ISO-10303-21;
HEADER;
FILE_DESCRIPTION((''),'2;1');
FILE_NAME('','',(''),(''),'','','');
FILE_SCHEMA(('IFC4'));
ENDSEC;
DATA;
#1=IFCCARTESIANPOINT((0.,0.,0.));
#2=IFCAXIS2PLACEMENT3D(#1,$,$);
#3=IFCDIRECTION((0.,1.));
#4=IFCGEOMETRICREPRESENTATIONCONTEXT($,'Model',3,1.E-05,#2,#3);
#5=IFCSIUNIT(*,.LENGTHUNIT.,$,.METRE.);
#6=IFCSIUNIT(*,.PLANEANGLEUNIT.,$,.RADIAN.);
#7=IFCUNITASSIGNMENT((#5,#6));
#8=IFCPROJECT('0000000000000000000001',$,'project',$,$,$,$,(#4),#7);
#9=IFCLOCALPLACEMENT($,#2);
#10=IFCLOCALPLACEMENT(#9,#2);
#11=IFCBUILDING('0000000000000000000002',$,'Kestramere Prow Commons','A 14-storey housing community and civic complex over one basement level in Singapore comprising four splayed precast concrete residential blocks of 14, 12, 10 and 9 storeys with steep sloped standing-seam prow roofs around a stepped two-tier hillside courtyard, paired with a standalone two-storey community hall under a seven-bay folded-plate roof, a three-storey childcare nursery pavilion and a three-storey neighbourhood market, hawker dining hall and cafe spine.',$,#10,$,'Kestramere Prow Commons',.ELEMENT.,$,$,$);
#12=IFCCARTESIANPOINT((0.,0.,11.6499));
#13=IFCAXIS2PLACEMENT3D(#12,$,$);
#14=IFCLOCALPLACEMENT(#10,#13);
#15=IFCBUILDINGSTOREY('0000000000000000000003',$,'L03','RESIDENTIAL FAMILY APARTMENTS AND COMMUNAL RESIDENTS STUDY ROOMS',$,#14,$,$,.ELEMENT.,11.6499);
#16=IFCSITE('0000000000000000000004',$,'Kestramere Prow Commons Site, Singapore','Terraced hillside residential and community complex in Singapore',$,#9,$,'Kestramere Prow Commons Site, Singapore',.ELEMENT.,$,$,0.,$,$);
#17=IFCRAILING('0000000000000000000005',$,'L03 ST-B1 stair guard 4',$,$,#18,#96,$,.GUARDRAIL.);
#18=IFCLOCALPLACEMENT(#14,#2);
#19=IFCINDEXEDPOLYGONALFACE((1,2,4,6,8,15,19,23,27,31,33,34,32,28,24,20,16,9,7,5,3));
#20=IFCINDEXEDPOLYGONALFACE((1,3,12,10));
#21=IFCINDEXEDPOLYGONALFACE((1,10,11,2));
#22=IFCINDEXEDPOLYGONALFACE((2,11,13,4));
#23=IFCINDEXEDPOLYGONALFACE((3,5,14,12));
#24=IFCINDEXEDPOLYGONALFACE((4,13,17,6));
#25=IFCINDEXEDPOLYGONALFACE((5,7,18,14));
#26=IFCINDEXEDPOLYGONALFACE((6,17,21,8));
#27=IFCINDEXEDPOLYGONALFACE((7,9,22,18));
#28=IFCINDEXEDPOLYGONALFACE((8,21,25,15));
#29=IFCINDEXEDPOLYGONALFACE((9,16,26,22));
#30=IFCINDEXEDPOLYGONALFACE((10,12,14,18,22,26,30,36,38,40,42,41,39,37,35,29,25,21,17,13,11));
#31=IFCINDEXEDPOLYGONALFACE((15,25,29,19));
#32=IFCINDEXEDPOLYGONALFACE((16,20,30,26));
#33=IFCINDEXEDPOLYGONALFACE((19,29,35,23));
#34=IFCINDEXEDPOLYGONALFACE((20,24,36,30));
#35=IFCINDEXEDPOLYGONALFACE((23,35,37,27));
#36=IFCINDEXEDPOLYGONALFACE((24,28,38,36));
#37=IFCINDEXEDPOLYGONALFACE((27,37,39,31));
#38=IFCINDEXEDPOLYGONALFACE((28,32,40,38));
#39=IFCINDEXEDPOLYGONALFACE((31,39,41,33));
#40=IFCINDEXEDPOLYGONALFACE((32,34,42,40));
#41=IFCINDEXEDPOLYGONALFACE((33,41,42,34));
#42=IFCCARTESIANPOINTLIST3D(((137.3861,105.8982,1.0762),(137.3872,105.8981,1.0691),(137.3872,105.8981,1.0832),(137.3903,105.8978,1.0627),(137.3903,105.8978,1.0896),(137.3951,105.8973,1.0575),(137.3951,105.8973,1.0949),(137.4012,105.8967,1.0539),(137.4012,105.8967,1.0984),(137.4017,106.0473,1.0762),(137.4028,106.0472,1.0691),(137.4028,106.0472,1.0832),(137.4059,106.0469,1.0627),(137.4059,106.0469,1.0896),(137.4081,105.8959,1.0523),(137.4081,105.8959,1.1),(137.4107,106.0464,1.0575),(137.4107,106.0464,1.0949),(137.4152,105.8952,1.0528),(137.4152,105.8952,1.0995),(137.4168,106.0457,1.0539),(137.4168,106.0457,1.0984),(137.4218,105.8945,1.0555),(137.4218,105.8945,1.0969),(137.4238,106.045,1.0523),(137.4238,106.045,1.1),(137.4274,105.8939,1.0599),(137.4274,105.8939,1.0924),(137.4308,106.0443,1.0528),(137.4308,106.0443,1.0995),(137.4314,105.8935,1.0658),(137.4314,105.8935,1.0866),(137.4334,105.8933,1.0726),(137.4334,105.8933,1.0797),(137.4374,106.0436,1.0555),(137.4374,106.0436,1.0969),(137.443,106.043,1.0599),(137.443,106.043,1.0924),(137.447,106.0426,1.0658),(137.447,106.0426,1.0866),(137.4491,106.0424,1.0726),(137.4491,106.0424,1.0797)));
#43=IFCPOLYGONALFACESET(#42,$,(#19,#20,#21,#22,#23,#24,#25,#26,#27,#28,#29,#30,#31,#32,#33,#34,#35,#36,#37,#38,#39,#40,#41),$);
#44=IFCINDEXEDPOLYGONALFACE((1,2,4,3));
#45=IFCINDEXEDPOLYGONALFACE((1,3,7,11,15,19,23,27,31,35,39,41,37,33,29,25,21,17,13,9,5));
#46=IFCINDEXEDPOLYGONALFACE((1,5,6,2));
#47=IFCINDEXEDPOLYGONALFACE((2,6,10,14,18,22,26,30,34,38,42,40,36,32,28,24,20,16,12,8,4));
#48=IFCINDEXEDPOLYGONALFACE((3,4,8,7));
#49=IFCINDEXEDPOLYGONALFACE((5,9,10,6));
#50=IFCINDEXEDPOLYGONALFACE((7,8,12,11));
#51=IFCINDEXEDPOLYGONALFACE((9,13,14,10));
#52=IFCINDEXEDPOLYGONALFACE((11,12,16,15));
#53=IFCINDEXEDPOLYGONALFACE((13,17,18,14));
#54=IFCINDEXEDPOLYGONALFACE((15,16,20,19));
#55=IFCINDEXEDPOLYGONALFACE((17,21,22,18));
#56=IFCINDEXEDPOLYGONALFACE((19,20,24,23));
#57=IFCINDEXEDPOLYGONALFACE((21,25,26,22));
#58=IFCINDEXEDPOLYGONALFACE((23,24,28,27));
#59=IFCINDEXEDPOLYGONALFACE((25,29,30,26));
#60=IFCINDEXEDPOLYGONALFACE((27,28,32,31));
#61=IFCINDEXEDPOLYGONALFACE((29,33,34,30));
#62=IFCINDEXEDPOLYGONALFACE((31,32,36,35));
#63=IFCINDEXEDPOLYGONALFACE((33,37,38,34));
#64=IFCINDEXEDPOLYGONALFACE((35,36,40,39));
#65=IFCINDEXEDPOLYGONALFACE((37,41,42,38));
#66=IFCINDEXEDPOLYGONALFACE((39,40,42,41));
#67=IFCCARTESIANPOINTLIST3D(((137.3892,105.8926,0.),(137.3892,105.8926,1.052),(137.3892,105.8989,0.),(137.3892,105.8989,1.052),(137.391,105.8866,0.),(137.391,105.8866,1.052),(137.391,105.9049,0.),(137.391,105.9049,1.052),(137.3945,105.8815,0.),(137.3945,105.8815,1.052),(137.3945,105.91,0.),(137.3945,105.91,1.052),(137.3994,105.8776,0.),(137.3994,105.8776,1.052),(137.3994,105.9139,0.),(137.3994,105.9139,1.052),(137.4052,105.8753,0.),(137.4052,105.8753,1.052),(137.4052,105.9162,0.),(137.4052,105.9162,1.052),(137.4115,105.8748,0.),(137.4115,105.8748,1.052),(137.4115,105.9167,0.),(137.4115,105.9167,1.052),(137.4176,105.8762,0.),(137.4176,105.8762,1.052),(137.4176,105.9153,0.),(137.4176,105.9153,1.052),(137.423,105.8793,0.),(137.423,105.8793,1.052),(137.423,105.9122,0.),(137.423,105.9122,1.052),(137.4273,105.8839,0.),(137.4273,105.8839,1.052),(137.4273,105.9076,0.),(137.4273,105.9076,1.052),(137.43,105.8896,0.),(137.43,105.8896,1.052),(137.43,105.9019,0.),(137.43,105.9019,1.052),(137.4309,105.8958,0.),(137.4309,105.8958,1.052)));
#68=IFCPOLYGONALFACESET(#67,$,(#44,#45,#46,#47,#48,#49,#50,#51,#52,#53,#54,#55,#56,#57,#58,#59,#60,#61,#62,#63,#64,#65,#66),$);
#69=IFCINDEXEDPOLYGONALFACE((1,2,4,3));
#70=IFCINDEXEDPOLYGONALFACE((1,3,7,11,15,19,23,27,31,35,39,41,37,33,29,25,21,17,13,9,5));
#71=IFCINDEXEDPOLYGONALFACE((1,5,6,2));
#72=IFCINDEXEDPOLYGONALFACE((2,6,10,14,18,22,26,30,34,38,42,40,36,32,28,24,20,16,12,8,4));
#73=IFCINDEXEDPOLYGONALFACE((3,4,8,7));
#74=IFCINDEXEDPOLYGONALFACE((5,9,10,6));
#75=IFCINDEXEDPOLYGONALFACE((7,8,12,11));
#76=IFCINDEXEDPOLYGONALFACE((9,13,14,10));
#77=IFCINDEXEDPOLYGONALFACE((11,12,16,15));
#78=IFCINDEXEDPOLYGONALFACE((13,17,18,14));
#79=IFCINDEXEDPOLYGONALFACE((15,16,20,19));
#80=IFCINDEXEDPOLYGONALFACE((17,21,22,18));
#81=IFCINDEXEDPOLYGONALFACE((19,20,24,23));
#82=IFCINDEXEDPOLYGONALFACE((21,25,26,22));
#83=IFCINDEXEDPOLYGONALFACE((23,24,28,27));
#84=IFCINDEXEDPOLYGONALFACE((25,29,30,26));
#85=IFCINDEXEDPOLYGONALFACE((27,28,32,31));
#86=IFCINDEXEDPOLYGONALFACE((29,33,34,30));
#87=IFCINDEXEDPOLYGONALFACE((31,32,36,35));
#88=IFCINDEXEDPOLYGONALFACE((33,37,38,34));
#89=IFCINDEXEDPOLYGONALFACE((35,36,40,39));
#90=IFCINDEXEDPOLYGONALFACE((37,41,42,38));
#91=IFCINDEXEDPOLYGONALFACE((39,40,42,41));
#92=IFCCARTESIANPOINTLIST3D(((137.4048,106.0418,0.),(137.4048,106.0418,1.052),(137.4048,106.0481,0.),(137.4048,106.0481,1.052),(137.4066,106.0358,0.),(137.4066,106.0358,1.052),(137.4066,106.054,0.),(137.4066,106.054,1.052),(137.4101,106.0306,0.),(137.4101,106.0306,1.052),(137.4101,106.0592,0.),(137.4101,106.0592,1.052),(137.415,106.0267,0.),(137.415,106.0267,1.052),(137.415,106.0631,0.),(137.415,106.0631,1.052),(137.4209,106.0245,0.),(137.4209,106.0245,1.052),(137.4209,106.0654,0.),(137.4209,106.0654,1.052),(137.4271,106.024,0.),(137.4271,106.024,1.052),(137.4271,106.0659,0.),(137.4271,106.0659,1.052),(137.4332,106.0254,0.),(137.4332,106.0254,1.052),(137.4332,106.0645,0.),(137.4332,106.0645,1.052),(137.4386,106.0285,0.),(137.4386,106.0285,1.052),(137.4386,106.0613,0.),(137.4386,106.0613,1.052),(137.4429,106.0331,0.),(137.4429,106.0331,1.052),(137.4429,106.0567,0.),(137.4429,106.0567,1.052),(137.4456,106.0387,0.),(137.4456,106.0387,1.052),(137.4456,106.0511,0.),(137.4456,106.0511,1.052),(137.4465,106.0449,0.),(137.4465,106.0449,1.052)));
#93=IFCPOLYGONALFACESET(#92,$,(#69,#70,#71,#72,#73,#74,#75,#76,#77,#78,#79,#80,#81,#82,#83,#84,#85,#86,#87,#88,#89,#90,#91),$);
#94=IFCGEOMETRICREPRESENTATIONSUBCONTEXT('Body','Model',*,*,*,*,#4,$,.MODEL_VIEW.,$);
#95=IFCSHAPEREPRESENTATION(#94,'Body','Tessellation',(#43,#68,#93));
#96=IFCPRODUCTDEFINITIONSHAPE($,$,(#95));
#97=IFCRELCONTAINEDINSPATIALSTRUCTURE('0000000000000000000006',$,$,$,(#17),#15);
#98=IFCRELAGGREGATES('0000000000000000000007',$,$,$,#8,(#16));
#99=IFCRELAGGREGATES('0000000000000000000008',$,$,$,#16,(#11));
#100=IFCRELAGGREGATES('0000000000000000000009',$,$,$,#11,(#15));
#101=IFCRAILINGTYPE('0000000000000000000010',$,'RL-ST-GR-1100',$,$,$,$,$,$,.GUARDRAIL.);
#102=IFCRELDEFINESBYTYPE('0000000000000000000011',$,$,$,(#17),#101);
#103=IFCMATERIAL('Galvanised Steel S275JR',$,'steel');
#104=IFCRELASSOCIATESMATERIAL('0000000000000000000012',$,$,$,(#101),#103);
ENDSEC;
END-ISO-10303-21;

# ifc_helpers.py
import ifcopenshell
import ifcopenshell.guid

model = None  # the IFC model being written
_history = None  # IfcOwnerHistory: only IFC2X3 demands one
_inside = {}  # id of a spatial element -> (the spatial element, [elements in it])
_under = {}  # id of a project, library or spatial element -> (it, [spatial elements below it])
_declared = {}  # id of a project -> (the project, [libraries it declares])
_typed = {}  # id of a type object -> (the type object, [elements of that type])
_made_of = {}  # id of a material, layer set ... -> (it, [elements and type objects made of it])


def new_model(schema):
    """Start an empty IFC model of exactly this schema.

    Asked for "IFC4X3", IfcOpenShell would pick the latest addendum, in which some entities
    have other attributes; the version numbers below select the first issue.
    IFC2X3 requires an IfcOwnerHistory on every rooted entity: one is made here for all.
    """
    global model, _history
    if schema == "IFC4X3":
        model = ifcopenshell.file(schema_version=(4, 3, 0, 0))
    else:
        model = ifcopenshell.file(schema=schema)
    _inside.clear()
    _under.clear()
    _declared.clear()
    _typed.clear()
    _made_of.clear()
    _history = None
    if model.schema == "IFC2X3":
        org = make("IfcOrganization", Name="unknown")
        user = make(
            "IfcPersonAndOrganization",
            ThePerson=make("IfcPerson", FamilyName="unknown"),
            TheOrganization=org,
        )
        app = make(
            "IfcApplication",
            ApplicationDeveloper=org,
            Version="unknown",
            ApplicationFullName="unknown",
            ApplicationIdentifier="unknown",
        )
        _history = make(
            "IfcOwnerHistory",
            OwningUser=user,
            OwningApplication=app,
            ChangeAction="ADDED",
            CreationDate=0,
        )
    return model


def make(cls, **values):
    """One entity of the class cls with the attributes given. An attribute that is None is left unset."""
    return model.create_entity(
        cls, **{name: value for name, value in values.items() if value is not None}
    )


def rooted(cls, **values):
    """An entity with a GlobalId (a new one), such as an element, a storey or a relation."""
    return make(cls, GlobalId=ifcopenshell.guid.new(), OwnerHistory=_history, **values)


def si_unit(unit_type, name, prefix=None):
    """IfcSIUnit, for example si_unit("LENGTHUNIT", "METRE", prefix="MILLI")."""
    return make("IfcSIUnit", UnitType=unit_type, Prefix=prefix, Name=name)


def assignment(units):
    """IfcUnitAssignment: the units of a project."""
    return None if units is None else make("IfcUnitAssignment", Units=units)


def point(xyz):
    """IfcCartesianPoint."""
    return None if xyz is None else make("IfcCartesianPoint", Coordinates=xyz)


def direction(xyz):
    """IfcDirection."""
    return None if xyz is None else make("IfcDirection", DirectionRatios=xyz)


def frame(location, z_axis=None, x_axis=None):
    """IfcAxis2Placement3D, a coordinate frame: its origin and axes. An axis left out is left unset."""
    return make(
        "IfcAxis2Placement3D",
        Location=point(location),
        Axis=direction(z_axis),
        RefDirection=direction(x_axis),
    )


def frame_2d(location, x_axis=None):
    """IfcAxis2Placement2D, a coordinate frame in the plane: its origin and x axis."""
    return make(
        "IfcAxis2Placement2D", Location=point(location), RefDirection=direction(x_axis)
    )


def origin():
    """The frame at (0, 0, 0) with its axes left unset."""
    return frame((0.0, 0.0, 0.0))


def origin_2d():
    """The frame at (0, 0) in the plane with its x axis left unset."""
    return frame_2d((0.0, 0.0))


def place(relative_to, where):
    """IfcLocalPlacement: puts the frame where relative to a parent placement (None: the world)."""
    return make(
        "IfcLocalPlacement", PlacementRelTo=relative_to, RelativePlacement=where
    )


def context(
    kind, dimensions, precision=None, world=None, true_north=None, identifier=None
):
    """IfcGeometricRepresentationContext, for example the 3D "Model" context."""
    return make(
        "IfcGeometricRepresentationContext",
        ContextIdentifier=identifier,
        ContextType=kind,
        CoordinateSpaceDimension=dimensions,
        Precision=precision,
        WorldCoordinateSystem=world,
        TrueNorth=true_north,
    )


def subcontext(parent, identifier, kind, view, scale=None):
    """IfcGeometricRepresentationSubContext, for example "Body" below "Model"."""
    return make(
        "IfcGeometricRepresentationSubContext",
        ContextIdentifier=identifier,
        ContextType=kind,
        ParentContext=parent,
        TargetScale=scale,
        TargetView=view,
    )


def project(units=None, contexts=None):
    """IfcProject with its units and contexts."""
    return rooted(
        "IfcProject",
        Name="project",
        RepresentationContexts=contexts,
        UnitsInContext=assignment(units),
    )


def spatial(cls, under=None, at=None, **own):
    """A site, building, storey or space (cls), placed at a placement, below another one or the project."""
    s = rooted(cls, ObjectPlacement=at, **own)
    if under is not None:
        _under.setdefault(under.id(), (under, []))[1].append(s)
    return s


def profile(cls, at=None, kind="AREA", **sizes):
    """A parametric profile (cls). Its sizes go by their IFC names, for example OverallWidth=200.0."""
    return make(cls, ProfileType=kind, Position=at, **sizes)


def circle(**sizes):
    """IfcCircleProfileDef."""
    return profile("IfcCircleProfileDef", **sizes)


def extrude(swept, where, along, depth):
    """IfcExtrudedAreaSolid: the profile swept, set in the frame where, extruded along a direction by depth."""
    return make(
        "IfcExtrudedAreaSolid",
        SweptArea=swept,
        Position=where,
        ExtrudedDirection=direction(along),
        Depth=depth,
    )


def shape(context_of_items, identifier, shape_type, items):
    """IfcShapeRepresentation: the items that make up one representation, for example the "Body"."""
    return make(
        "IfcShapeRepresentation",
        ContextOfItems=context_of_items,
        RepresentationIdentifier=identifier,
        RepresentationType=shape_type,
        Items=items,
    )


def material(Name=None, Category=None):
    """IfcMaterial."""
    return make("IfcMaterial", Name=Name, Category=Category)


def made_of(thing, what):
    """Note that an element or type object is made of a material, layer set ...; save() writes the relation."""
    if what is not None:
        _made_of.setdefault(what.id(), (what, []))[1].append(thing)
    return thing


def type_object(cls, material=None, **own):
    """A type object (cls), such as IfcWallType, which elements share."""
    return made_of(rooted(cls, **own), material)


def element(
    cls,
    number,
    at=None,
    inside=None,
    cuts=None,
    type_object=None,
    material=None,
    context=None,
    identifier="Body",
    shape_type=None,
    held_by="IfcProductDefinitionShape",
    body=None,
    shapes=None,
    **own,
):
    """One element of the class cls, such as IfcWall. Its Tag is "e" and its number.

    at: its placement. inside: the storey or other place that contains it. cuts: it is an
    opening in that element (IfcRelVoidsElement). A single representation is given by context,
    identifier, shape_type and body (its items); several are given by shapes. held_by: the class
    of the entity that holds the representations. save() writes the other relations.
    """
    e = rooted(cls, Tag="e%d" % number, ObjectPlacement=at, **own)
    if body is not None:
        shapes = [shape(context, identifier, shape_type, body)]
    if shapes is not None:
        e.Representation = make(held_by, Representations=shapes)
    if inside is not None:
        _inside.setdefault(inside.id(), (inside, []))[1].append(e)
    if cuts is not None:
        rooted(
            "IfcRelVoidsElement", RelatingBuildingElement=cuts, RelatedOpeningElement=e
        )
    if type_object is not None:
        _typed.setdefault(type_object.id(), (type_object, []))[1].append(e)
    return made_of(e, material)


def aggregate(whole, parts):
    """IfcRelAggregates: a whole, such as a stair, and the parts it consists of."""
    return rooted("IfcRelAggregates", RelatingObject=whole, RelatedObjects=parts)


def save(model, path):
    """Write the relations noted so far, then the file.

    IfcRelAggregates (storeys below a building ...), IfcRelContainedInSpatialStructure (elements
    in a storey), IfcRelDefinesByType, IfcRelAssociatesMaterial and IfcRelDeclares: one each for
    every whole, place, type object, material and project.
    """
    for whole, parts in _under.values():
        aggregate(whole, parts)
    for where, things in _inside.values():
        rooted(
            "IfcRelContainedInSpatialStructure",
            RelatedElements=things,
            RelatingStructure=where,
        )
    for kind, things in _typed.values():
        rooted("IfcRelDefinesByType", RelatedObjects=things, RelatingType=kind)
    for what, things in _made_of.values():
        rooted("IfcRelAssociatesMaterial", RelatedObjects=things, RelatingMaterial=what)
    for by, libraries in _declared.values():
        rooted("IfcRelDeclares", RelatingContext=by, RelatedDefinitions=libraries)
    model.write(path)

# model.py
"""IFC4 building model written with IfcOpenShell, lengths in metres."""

from ifc_helpers import new_model, si_unit, direction, frame, origin, origin_2d, place, context, subcontext, project, spatial, circle, extrude, material, type_object, element, save


model = new_model("IFC4")

# Units and contexts
model_context = context("Model", 3, precision=1e-05, world=origin(), true_north=direction((0.0, 1.0)))
body_context = subcontext(model_context, "Body", "Model", "MODEL_VIEW")
ifc_project = project(units=[si_unit("LENGTHUNIT", "METRE"), si_unit("PLANEANGLEUNIT", "RADIAN")], contexts=[model_context])

# Site, building, storey
site_placement = place(None, origin())
site = spatial("IfcSite", under=ifc_project, at=site_placement, Name="Kestramere Prow Commons Site, Singapore", Description="Terraced hillside residential and community complex in Singapore", LongName="Kestramere Prow Commons Site, Singapore", CompositionType="ELEMENT", RefElevation=0.0)
building_placement = place(site_placement, origin())
building = spatial("IfcBuilding", under=site, at=building_placement, Name="Kestramere Prow Commons", Description="A 14-storey housing community and civic complex over one basement level in Singapore comprising four splayed precast concrete residential blocks of 14, 12, 10 and 9 storeys with steep sloped standing-seam prow roofs around a stepped two-tier hillside courtyard, paired with a standalone two-storey community hall under a seven-bay folded-plate roof, a three-storey childcare nursery pavilion and a three-storey neighbourhood market, hawker dining hall and cafe spine.", LongName="Kestramere Prow Commons", CompositionType="ELEMENT")
storey_placement = place(building_placement, frame((0.0, 0.0, 11.6499)))
storey = spatial("IfcBuildingStorey", under=building, at=storey_placement, Name="L03", Description="RESIDENTIAL FAMILY APARTMENTS AND COMMUNAL RESIDENTS STUDY ROOMS", CompositionType="ELEMENT", Elevation=11.6499)

# Railing
ifc_material_1 = material(Name="Galvanised Steel S275JR", Category="steel")
railing_type_1 = type_object("IfcRailingType", Name="RL-ST-GR-1100", PredefinedType="GUARDRAIL", material=ifc_material_1)
railing_1_placement = place(storey_placement, frame((137.4099, 105.8958, 0.0)))
element("IfcRailing", 1, at=railing_1_placement, inside=storey, type_object=railing_type_1, Name="L03 ST-B1 stair guard 4", PredefinedType="GUARDRAIL", context=body_context, shape_type="SweptSolid", body=[
    extrude(circle(Radius=0.0239, at=origin_2d()), frame((0.0, 0.0, 1.0762), z_axis=(0.104176, 0.994559, 0.0), x_axis=(-0.994559, 0.104176, 0.0)), (0.0, 0.0, 1.0), 0.1499),
    extrude(circle(Radius=0.021, at=origin_2d()), origin(), (0.0, 0.0, 1.0), 1.052),
    extrude(circle(Radius=0.021, at=origin_2d()), frame((0.0156, 0.1492, 0.0)), (0.0, 0.0, 1.0), 1.052),
])

save(model, "model.ifc")
